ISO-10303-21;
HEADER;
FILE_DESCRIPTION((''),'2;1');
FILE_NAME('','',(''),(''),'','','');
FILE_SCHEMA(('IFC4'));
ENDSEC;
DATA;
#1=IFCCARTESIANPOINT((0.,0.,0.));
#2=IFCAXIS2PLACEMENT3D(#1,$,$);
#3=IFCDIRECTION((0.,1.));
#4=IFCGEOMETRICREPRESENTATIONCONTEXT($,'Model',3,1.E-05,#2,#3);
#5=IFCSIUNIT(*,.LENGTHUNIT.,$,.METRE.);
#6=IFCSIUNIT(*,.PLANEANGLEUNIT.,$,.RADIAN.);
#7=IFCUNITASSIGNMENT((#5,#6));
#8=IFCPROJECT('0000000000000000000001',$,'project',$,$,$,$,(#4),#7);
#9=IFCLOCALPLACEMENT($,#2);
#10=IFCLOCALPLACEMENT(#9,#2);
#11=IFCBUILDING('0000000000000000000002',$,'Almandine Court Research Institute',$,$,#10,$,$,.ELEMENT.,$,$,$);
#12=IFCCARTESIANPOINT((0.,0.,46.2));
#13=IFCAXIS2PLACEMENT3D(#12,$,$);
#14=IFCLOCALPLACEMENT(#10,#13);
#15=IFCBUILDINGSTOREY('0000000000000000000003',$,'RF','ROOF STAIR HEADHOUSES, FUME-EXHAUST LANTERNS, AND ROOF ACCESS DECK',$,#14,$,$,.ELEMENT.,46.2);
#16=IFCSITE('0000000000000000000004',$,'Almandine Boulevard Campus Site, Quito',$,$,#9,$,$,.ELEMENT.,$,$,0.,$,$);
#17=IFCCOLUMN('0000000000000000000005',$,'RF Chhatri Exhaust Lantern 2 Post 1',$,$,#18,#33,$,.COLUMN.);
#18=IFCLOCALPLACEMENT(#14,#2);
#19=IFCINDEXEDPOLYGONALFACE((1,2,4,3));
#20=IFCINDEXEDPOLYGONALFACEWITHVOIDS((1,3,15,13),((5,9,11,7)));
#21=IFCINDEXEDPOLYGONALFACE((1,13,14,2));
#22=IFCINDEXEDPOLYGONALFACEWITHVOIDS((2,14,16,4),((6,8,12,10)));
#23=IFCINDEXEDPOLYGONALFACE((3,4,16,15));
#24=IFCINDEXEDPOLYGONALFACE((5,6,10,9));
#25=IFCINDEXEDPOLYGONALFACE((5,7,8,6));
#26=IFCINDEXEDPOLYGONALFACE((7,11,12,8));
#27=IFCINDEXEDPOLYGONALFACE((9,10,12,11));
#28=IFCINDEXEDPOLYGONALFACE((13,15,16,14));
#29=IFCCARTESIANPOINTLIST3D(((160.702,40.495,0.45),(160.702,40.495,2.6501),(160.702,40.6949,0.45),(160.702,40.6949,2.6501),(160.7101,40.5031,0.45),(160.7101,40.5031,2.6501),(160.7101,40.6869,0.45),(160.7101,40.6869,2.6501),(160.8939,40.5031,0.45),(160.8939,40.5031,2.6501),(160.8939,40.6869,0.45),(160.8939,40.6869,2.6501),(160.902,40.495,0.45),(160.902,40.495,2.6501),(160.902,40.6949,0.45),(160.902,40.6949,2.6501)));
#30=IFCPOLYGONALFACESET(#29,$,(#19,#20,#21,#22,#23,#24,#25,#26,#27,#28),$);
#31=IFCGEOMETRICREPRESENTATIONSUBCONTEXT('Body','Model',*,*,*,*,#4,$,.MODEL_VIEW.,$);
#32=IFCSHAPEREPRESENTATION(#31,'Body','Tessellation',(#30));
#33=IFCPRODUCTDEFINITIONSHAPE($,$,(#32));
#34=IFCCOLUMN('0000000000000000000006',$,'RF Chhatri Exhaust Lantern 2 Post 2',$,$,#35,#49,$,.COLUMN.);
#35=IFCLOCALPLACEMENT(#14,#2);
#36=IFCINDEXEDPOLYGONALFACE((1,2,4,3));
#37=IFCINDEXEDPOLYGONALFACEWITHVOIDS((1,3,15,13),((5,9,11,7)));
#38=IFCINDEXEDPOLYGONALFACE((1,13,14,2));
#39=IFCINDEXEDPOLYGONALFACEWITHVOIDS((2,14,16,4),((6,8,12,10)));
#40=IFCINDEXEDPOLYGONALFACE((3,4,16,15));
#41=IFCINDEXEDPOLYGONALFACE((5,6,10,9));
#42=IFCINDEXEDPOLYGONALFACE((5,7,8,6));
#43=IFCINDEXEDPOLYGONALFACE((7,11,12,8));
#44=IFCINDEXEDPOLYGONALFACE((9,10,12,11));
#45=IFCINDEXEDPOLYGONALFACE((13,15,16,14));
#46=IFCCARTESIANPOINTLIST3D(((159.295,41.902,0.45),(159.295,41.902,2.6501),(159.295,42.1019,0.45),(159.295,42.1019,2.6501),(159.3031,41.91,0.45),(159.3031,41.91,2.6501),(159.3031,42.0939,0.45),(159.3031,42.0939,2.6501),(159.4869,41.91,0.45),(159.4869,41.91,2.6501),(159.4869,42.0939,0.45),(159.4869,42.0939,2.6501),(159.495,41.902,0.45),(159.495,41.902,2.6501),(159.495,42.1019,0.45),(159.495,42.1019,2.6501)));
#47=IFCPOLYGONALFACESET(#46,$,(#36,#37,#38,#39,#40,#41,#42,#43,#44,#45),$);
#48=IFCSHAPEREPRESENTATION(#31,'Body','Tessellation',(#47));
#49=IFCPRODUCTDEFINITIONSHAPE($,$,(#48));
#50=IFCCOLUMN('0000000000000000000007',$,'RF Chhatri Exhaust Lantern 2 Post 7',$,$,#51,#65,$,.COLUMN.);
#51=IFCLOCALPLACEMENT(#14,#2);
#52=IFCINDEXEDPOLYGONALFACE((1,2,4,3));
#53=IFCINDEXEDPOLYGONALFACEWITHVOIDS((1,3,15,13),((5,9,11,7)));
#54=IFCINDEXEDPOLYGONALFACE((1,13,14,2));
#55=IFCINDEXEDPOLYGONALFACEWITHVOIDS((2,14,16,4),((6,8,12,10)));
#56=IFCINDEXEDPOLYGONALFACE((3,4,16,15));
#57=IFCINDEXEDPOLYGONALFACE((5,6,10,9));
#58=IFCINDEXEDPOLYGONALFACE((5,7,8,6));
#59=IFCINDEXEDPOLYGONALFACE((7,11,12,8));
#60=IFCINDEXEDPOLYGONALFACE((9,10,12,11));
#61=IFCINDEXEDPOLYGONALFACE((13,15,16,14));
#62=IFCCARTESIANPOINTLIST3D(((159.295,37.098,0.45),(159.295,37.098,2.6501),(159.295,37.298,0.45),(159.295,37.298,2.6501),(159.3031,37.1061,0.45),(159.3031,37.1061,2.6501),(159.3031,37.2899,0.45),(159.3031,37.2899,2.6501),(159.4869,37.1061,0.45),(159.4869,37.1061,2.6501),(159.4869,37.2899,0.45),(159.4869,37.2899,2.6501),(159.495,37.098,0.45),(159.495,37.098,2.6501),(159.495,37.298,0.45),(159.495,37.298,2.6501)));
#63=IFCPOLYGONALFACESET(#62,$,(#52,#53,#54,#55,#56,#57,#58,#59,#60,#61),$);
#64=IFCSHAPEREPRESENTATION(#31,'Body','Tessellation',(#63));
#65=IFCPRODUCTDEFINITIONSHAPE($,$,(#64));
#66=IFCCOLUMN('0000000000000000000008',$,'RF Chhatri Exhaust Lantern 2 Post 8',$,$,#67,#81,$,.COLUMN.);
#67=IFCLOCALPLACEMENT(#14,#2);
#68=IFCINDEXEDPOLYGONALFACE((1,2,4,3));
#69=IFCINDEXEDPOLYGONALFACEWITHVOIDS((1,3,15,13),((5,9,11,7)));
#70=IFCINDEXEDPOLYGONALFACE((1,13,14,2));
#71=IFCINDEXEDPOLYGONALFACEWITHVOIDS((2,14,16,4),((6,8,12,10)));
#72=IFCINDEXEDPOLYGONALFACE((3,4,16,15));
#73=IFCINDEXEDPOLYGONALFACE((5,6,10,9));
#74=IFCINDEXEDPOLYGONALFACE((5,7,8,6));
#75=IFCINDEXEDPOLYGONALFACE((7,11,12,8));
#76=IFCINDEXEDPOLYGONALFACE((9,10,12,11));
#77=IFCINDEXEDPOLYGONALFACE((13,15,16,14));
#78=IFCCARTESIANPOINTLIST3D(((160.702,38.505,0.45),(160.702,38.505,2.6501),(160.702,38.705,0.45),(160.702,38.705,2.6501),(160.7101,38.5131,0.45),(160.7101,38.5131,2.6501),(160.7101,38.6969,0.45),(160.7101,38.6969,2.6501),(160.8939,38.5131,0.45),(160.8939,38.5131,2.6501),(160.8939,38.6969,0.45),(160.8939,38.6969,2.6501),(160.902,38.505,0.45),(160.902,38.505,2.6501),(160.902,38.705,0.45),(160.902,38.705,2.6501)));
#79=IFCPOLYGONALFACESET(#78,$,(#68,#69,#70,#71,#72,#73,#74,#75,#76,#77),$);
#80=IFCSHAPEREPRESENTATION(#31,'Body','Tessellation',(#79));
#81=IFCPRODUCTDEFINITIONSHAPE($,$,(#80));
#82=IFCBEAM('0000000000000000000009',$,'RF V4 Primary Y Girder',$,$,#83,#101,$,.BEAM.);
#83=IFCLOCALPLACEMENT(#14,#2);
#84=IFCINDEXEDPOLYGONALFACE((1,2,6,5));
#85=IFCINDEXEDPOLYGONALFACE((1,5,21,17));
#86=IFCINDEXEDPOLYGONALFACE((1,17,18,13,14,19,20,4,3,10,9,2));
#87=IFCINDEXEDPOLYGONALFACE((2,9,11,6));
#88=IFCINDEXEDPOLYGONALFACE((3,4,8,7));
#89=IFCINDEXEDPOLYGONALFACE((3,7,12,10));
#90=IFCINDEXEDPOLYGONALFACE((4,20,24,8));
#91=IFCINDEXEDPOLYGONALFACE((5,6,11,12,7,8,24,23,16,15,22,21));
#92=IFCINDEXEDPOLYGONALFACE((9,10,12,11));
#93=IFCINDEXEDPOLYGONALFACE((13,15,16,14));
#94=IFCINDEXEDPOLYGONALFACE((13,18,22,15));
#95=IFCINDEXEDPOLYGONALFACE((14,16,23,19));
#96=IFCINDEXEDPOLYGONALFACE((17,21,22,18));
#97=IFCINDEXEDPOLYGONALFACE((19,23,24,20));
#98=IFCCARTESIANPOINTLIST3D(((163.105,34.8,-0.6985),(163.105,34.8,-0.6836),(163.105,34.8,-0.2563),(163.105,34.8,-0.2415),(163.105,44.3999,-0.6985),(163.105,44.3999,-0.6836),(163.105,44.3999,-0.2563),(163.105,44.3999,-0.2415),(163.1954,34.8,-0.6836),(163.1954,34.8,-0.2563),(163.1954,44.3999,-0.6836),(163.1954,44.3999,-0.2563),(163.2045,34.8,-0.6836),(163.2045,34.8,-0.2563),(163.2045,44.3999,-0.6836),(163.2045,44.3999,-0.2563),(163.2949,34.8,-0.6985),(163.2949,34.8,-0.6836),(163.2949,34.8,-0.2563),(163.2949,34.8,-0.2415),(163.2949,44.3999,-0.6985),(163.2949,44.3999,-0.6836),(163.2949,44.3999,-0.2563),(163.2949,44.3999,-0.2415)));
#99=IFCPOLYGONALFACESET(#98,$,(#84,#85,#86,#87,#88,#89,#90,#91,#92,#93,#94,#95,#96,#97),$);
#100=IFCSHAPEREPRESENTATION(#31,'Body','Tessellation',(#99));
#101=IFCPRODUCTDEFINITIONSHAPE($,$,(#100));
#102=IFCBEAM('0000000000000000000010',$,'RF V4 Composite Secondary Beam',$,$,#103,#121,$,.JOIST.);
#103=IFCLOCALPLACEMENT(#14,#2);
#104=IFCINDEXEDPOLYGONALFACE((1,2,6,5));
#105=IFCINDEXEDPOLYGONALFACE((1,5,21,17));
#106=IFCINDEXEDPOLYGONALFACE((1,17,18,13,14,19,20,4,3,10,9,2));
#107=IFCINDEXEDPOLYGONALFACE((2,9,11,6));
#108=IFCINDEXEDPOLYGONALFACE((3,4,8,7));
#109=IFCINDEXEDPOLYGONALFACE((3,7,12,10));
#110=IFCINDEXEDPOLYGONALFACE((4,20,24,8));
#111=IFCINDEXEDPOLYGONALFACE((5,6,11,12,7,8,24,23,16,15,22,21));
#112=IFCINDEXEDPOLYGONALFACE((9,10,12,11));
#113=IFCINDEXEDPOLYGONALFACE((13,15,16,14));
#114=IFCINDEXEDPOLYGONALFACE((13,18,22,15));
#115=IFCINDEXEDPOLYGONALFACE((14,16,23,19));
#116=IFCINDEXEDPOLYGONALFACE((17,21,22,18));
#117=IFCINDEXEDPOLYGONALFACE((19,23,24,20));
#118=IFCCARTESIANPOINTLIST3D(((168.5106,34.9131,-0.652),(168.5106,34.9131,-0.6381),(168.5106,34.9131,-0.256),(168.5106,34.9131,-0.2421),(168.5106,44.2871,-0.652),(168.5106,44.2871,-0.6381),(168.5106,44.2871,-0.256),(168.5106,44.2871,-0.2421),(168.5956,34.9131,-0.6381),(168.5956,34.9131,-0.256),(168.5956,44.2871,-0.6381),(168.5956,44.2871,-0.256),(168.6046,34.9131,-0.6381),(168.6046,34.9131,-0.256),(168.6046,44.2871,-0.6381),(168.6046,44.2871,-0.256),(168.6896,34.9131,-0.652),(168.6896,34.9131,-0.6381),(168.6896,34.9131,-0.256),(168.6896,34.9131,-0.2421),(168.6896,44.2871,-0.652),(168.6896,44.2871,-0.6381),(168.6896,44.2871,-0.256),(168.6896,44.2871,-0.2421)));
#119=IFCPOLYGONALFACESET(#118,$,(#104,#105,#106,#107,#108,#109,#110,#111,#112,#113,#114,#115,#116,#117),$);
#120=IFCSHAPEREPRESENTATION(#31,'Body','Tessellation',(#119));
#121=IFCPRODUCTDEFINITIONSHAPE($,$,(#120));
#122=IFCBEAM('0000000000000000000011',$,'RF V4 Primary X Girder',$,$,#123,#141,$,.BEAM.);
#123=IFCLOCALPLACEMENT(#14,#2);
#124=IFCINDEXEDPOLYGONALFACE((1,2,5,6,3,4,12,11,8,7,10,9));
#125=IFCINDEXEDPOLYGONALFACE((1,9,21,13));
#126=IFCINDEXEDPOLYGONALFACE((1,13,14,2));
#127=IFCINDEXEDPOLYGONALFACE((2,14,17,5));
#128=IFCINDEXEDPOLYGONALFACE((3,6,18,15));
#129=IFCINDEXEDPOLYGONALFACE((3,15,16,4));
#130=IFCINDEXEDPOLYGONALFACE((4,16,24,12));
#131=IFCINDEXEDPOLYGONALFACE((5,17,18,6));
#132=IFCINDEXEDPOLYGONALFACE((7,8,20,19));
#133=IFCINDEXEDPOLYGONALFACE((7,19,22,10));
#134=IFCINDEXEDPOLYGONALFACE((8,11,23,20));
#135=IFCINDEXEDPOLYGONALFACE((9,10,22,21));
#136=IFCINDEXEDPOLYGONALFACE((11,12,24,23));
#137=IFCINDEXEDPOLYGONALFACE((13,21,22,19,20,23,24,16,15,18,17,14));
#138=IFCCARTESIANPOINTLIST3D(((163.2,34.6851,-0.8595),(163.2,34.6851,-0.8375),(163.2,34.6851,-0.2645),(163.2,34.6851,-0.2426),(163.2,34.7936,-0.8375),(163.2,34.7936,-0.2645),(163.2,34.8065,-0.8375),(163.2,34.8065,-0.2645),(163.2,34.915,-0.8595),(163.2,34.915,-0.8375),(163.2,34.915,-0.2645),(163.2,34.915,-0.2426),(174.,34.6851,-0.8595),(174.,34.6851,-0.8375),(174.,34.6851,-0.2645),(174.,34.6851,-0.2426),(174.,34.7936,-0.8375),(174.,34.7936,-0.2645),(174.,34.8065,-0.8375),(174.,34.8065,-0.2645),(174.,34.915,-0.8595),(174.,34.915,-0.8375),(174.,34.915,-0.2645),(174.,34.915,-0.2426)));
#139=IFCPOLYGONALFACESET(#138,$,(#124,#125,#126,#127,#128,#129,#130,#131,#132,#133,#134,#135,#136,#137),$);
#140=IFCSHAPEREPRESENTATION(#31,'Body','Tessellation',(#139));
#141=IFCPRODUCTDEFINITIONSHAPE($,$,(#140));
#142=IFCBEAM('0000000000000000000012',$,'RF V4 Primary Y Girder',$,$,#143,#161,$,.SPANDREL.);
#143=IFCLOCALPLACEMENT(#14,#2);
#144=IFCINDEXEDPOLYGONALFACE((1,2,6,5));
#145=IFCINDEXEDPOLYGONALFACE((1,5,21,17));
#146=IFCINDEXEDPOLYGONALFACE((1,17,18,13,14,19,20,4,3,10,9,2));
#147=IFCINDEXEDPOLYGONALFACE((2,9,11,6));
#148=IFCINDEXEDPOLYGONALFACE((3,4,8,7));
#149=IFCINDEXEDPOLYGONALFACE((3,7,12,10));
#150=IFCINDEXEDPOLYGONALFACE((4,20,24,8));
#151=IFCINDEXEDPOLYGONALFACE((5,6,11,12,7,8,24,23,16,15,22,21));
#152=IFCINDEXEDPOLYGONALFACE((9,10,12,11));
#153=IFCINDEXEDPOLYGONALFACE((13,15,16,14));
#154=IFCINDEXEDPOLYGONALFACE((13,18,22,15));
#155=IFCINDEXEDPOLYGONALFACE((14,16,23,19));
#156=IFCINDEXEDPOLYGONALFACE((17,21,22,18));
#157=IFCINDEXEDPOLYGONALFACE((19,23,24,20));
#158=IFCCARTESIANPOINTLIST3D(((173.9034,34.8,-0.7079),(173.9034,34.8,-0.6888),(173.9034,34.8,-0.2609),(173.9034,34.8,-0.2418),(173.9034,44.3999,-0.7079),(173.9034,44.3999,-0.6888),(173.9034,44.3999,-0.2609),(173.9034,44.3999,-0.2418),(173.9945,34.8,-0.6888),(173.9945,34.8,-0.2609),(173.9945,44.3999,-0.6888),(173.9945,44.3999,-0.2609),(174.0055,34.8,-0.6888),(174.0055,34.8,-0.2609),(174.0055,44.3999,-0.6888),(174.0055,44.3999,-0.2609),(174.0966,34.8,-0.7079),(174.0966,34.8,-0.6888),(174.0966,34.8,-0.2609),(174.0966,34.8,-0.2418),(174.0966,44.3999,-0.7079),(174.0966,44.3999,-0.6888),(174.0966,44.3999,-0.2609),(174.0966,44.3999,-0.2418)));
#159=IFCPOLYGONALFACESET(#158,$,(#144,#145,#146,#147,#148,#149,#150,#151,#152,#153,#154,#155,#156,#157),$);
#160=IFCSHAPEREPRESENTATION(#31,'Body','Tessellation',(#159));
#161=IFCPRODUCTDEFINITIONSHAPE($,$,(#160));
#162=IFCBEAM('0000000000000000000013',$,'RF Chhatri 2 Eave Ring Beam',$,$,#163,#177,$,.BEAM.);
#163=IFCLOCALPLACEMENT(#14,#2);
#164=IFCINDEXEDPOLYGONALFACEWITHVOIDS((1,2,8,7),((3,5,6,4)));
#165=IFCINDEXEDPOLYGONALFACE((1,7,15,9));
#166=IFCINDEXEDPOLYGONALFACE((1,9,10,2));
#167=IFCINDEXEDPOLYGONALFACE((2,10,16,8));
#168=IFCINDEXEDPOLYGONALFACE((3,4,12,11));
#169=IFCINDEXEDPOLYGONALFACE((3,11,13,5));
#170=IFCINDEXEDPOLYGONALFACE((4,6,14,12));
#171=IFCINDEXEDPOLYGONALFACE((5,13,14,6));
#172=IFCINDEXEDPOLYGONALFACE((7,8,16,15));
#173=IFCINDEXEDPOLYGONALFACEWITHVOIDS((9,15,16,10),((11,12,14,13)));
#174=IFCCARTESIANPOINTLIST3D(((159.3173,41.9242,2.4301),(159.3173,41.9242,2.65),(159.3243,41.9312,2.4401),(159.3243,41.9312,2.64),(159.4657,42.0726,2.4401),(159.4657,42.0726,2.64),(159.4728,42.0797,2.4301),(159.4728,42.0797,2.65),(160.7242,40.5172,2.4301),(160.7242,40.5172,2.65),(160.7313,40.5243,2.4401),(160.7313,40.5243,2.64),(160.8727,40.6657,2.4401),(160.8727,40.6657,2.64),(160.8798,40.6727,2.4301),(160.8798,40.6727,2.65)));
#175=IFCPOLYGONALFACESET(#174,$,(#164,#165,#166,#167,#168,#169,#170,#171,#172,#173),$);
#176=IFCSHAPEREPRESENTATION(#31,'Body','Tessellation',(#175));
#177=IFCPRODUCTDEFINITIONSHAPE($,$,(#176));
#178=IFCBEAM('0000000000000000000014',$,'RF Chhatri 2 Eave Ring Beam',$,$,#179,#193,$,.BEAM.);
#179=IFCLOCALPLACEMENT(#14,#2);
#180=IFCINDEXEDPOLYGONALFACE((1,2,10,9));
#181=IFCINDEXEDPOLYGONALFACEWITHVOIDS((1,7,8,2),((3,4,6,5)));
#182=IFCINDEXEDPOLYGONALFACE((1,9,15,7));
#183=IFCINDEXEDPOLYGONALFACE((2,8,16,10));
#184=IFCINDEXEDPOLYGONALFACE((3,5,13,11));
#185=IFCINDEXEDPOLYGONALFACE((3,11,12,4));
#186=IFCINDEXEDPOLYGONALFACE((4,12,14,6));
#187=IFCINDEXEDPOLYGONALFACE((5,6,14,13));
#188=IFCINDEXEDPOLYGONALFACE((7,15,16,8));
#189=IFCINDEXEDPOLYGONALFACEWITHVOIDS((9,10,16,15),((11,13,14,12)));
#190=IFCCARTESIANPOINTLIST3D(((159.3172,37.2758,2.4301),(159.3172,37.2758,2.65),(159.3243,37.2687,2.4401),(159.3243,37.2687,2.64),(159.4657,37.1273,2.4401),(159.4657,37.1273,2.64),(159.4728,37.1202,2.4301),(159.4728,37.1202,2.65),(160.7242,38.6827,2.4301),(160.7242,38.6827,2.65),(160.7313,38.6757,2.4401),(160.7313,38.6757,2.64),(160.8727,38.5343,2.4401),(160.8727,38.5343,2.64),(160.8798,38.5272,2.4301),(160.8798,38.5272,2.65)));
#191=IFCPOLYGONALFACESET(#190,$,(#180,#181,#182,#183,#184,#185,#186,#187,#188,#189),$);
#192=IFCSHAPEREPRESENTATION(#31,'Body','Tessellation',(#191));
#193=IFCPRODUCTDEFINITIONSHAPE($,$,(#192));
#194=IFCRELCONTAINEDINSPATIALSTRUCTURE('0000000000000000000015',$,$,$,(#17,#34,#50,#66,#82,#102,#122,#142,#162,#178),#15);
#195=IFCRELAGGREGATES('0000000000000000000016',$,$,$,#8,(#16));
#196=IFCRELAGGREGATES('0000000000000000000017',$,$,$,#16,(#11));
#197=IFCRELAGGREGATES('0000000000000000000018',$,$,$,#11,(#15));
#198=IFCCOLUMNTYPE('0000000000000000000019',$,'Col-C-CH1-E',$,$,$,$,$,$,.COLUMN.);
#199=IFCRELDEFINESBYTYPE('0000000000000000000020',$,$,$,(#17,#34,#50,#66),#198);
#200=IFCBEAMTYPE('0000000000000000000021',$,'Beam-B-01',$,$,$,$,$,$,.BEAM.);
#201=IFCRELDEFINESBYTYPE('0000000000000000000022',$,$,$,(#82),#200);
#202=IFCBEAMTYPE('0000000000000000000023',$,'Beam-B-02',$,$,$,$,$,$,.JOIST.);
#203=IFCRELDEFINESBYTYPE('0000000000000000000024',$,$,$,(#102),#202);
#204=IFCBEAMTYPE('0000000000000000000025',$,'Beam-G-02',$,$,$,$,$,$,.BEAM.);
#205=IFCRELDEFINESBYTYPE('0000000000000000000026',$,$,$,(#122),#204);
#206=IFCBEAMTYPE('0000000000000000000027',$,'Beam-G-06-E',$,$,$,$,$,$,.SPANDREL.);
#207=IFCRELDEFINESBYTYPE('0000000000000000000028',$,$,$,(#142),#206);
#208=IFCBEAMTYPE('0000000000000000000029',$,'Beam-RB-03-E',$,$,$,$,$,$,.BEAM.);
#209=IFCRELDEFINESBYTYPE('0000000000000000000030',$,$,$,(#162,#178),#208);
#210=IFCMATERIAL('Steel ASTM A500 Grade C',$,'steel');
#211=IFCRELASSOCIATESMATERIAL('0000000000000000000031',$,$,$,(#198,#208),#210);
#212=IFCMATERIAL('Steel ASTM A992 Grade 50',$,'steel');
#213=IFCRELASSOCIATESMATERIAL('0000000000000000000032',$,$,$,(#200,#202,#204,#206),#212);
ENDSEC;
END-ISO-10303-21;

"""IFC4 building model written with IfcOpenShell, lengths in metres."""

from ifc_helpers import new_model, si_unit, direction, frame, origin, origin_2d, place, context, subcontext, project, spatial, hollow_rectangle, i_section, extrude, material, material_profile, profile_set, type_object, element, save


model = new_model("IFC4")

# Units and contexts
model_context = context("Model", 3, precision=1e-05, world=origin(), true_north=direction((0.0, 1.0)))
body_context = subcontext(model_context, "Body", "Model", "MODEL_VIEW")
ifc_project = project(units=[si_unit("LENGTHUNIT", "METRE"), si_unit("PLANEANGLEUNIT", "RADIAN")], contexts=[model_context])

# Site, building, storey
site_placement = place(None, origin())
site = spatial("IfcSite", under=ifc_project, at=site_placement, Name="Almandine Boulevard Campus Site, Quito", CompositionType="ELEMENT", RefElevation=0.0)
building_placement = place(site_placement, origin())
building = spatial("IfcBuilding", under=site, at=building_placement, Name="Almandine Court Research Institute", CompositionType="ELEMENT")
storey_placement = place(building_placement, frame((0.0, 0.0, 46.2)))
storey = spatial("IfcBuildingStorey", under=building, at=storey_placement, Name="RF", Description="ROOF STAIR HEADHOUSES, FUME-EXHAUST LANTERNS, AND ROOF ACCESS DECK", CompositionType="ELEMENT", Elevation=46.2)

# Columns
ifc_material_1 = material(Name="Steel ASTM A500 Grade C", Category="steel")
ifc_material_profile_1 = material_profile(ifc_material_1, hollow_rectangle(XDim=0.2, YDim=0.2, WallThickness=0.0081, at=origin_2d()), Name="HSS 200x200x8")
ifc_profile_set_1 = profile_set([ifc_material_profile_1], Name="Steel ASTM A500 Grade C")
column_type = type_object("IfcColumnType", Name="Col-C-CH1-E", PredefinedType="COLUMN", material=ifc_profile_set_1)
for number, where, z_axis, x_axis, name in (
    (1, (160.802, 40.595, 0.45), (0.0, 0.0, 1.0), (1.0, 0.0, 0.0), "RF Chhatri Exhaust Lantern 2 Post 1"),
    (2, (159.395, 42.002, 0.45), (0.0, 0.0, 1.0), (1.0, 0.0, 0.0), "RF Chhatri Exhaust Lantern 2 Post 2"),
    (3, (159.395, 37.198, 0.45), (0.0, 0.0, 1.0), (1.0, 0.0, 0.0), "RF Chhatri Exhaust Lantern 2 Post 7"),
    (4, (160.802, 38.605, 0.45), (0.0, 0.0, 1.0), (1.0, 0.0, 0.0), "RF Chhatri Exhaust Lantern 2 Post 8"),
):
    element("IfcColumn", number, at=place(storey_placement, frame(where, z_axis=z_axis, x_axis=x_axis)), inside=storey, type_object=column_type, Name=name, PredefinedType="COLUMN", context=body_context, shape_type="SweptSolid", body=[
        extrude(hollow_rectangle(XDim=0.2, YDim=0.2, WallThickness=0.0081, at=origin_2d()), origin(), (0.0, 0.0, 1.0), 2.2002),
    ])

# Beams
ifc_material_2 = material(Name="Steel ASTM A992 Grade 50", Category="steel")
ifc_material_profile_2 = material_profile(ifc_material_2, i_section(OverallWidth=0.1899, OverallDepth=0.457, WebThickness=0.009, FlangeThickness=0.0149, at=origin_2d()), Name="W460x74")
ifc_profile_set_2 = profile_set([ifc_material_profile_2], Name="Steel ASTM A992 Grade 50")
beam_type_1 = type_object("IfcBeamType", Name="Beam-B-01", PredefinedType="BEAM", material=ifc_profile_set_2)
beam_1_placement = place(storey_placement, frame((163.2, 34.8, -0.47), z_axis=(0.0, 1.0, 0.0), x_axis=(-1.0, 0.0, 0.0)))
element("IfcBeam", 5, at=beam_1_placement, inside=storey, type_object=beam_type_1, Name="RF V4 Primary Y Girder", PredefinedType="BEAM", context=body_context, shape_type="SweptSolid", body=[
    extrude(i_section(OverallWidth=0.1899, OverallDepth=0.457, WebThickness=0.009, FlangeThickness=0.0149, at=origin_2d()), origin(), (0.0, 0.0, 1.0), 9.5999),
])
ifc_material_profile_3 = material_profile(ifc_material_2, i_section(OverallWidth=0.179, OverallDepth=0.4099, WebThickness=0.009, FlangeThickness=0.0139, at=origin_2d()), Name="W410x67")
ifc_profile_set_3 = profile_set([ifc_material_profile_3], Name="Steel ASTM A992 Grade 50")
beam_type_2 = type_object("IfcBeamType", Name="Beam-B-02", PredefinedType="JOIST", material=ifc_profile_set_3)
beam_2_placement = place(storey_placement, frame((168.6001, 34.9131, -0.447), z_axis=(0.0, 1.0, 0.0), x_axis=(-1.0, 0.0, 0.0)))
element("IfcBeam", 6, at=beam_2_placement, inside=storey, type_object=beam_type_2, Name="RF V4 Composite Secondary Beam", PredefinedType="JOIST", context=body_context, shape_type="SweptSolid", body=[
    extrude(i_section(OverallWidth=0.179, OverallDepth=0.4099, WebThickness=0.009, FlangeThickness=0.0139, at=origin_2d()), origin(), (0.0, 0.0, 1.0), 9.374),
])
ifc_material_profile_4 = material_profile(ifc_material_2, i_section(OverallWidth=0.23, OverallDepth=0.6169, WebThickness=0.0129, FlangeThickness=0.022, at=origin_2d()), Name="W610x140")
ifc_profile_set_4 = profile_set([ifc_material_profile_4], Name="Steel ASTM A992 Grade 50")
beam_type_3 = type_object("IfcBeamType", Name="Beam-G-02", PredefinedType="BEAM", material=ifc_profile_set_4)
beam_3_placement = place(storey_placement, frame((163.2, 34.8, -0.551), z_axis=(1.0, 0.0, 0.0), x_axis=(0.0, 1.0, 0.0)))
element("IfcBeam", 7, at=beam_3_placement, inside=storey, type_object=beam_type_3, Name="RF V4 Primary X Girder", PredefinedType="BEAM", context=body_context, shape_type="SweptSolid", body=[
    extrude(i_section(OverallWidth=0.23, OverallDepth=0.6169, WebThickness=0.0129, FlangeThickness=0.022, at=origin_2d()), origin(), (0.0, 0.0, 1.0), 10.8),
])
ifc_material_profile_5 = material_profile(ifc_material_2, i_section(OverallWidth=0.1931, OverallDepth=0.4661, WebThickness=0.011, FlangeThickness=0.019, at=origin_2d()), Name="W460x97")
ifc_profile_set_5 = profile_set([ifc_material_profile_5], Name="Steel ASTM A992 Grade 50")
beam_type_4 = type_object("IfcBeamType", Name="Beam-G-06-E", PredefinedType="SPANDREL", material=ifc_profile_set_5)
beam_4_placement = place(storey_placement, frame((174.0, 34.8, -0.4749), z_axis=(0.0, 1.0, 0.0), x_axis=(-1.0, 0.0, 0.0)))
element("IfcBeam", 8, at=beam_4_placement, inside=storey, type_object=beam_type_4, Name="RF V4 Primary Y Girder", PredefinedType="SPANDREL", context=body_context, shape_type="SweptSolid", body=[
    extrude(i_section(OverallWidth=0.1931, OverallDepth=0.4661, WebThickness=0.011, FlangeThickness=0.019, at=origin_2d()), origin(), (0.0, 0.0, 1.0), 9.5999),
])
ifc_material_profile_6 = material_profile(ifc_material_1, hollow_rectangle(XDim=0.22, YDim=0.22, WallThickness=0.01, at=origin_2d()), Name="HSS 220x220x10")
ifc_profile_set_6 = profile_set([ifc_material_profile_6], Name="Steel ASTM A500 Grade C")
beam_type_5 = type_object("IfcBeamType", Name="Beam-RB-03-E", PredefinedType="BEAM", material=ifc_profile_set_6)
for number, where, z_axis, x_axis, name in (
    (9, (160.802, 40.595, 2.54), (-0.707107, 0.707107, 0.0), (-0.707107, -0.707107, 0.0), "RF Chhatri 2 Eave Ring Beam"),
    (10, (159.395, 37.198, 2.54), (0.707107, 0.707107, 0.0), (-0.707107, 0.707107, 0.0), "RF Chhatri 2 Eave Ring Beam"),
):
    element("IfcBeam", number, at=place(storey_placement, frame(where, z_axis=z_axis, x_axis=x_axis)), inside=storey, type_object=beam_type_5, Name=name, PredefinedType="BEAM", context=body_context, shape_type="SweptSolid", body=[
        extrude(hollow_rectangle(XDim=0.22, YDim=0.22, WallThickness=0.01, at=origin_2d()), origin(), (0.0, 0.0, 1.0), 1.9897),
    ])

save(model, "model.ifc")
